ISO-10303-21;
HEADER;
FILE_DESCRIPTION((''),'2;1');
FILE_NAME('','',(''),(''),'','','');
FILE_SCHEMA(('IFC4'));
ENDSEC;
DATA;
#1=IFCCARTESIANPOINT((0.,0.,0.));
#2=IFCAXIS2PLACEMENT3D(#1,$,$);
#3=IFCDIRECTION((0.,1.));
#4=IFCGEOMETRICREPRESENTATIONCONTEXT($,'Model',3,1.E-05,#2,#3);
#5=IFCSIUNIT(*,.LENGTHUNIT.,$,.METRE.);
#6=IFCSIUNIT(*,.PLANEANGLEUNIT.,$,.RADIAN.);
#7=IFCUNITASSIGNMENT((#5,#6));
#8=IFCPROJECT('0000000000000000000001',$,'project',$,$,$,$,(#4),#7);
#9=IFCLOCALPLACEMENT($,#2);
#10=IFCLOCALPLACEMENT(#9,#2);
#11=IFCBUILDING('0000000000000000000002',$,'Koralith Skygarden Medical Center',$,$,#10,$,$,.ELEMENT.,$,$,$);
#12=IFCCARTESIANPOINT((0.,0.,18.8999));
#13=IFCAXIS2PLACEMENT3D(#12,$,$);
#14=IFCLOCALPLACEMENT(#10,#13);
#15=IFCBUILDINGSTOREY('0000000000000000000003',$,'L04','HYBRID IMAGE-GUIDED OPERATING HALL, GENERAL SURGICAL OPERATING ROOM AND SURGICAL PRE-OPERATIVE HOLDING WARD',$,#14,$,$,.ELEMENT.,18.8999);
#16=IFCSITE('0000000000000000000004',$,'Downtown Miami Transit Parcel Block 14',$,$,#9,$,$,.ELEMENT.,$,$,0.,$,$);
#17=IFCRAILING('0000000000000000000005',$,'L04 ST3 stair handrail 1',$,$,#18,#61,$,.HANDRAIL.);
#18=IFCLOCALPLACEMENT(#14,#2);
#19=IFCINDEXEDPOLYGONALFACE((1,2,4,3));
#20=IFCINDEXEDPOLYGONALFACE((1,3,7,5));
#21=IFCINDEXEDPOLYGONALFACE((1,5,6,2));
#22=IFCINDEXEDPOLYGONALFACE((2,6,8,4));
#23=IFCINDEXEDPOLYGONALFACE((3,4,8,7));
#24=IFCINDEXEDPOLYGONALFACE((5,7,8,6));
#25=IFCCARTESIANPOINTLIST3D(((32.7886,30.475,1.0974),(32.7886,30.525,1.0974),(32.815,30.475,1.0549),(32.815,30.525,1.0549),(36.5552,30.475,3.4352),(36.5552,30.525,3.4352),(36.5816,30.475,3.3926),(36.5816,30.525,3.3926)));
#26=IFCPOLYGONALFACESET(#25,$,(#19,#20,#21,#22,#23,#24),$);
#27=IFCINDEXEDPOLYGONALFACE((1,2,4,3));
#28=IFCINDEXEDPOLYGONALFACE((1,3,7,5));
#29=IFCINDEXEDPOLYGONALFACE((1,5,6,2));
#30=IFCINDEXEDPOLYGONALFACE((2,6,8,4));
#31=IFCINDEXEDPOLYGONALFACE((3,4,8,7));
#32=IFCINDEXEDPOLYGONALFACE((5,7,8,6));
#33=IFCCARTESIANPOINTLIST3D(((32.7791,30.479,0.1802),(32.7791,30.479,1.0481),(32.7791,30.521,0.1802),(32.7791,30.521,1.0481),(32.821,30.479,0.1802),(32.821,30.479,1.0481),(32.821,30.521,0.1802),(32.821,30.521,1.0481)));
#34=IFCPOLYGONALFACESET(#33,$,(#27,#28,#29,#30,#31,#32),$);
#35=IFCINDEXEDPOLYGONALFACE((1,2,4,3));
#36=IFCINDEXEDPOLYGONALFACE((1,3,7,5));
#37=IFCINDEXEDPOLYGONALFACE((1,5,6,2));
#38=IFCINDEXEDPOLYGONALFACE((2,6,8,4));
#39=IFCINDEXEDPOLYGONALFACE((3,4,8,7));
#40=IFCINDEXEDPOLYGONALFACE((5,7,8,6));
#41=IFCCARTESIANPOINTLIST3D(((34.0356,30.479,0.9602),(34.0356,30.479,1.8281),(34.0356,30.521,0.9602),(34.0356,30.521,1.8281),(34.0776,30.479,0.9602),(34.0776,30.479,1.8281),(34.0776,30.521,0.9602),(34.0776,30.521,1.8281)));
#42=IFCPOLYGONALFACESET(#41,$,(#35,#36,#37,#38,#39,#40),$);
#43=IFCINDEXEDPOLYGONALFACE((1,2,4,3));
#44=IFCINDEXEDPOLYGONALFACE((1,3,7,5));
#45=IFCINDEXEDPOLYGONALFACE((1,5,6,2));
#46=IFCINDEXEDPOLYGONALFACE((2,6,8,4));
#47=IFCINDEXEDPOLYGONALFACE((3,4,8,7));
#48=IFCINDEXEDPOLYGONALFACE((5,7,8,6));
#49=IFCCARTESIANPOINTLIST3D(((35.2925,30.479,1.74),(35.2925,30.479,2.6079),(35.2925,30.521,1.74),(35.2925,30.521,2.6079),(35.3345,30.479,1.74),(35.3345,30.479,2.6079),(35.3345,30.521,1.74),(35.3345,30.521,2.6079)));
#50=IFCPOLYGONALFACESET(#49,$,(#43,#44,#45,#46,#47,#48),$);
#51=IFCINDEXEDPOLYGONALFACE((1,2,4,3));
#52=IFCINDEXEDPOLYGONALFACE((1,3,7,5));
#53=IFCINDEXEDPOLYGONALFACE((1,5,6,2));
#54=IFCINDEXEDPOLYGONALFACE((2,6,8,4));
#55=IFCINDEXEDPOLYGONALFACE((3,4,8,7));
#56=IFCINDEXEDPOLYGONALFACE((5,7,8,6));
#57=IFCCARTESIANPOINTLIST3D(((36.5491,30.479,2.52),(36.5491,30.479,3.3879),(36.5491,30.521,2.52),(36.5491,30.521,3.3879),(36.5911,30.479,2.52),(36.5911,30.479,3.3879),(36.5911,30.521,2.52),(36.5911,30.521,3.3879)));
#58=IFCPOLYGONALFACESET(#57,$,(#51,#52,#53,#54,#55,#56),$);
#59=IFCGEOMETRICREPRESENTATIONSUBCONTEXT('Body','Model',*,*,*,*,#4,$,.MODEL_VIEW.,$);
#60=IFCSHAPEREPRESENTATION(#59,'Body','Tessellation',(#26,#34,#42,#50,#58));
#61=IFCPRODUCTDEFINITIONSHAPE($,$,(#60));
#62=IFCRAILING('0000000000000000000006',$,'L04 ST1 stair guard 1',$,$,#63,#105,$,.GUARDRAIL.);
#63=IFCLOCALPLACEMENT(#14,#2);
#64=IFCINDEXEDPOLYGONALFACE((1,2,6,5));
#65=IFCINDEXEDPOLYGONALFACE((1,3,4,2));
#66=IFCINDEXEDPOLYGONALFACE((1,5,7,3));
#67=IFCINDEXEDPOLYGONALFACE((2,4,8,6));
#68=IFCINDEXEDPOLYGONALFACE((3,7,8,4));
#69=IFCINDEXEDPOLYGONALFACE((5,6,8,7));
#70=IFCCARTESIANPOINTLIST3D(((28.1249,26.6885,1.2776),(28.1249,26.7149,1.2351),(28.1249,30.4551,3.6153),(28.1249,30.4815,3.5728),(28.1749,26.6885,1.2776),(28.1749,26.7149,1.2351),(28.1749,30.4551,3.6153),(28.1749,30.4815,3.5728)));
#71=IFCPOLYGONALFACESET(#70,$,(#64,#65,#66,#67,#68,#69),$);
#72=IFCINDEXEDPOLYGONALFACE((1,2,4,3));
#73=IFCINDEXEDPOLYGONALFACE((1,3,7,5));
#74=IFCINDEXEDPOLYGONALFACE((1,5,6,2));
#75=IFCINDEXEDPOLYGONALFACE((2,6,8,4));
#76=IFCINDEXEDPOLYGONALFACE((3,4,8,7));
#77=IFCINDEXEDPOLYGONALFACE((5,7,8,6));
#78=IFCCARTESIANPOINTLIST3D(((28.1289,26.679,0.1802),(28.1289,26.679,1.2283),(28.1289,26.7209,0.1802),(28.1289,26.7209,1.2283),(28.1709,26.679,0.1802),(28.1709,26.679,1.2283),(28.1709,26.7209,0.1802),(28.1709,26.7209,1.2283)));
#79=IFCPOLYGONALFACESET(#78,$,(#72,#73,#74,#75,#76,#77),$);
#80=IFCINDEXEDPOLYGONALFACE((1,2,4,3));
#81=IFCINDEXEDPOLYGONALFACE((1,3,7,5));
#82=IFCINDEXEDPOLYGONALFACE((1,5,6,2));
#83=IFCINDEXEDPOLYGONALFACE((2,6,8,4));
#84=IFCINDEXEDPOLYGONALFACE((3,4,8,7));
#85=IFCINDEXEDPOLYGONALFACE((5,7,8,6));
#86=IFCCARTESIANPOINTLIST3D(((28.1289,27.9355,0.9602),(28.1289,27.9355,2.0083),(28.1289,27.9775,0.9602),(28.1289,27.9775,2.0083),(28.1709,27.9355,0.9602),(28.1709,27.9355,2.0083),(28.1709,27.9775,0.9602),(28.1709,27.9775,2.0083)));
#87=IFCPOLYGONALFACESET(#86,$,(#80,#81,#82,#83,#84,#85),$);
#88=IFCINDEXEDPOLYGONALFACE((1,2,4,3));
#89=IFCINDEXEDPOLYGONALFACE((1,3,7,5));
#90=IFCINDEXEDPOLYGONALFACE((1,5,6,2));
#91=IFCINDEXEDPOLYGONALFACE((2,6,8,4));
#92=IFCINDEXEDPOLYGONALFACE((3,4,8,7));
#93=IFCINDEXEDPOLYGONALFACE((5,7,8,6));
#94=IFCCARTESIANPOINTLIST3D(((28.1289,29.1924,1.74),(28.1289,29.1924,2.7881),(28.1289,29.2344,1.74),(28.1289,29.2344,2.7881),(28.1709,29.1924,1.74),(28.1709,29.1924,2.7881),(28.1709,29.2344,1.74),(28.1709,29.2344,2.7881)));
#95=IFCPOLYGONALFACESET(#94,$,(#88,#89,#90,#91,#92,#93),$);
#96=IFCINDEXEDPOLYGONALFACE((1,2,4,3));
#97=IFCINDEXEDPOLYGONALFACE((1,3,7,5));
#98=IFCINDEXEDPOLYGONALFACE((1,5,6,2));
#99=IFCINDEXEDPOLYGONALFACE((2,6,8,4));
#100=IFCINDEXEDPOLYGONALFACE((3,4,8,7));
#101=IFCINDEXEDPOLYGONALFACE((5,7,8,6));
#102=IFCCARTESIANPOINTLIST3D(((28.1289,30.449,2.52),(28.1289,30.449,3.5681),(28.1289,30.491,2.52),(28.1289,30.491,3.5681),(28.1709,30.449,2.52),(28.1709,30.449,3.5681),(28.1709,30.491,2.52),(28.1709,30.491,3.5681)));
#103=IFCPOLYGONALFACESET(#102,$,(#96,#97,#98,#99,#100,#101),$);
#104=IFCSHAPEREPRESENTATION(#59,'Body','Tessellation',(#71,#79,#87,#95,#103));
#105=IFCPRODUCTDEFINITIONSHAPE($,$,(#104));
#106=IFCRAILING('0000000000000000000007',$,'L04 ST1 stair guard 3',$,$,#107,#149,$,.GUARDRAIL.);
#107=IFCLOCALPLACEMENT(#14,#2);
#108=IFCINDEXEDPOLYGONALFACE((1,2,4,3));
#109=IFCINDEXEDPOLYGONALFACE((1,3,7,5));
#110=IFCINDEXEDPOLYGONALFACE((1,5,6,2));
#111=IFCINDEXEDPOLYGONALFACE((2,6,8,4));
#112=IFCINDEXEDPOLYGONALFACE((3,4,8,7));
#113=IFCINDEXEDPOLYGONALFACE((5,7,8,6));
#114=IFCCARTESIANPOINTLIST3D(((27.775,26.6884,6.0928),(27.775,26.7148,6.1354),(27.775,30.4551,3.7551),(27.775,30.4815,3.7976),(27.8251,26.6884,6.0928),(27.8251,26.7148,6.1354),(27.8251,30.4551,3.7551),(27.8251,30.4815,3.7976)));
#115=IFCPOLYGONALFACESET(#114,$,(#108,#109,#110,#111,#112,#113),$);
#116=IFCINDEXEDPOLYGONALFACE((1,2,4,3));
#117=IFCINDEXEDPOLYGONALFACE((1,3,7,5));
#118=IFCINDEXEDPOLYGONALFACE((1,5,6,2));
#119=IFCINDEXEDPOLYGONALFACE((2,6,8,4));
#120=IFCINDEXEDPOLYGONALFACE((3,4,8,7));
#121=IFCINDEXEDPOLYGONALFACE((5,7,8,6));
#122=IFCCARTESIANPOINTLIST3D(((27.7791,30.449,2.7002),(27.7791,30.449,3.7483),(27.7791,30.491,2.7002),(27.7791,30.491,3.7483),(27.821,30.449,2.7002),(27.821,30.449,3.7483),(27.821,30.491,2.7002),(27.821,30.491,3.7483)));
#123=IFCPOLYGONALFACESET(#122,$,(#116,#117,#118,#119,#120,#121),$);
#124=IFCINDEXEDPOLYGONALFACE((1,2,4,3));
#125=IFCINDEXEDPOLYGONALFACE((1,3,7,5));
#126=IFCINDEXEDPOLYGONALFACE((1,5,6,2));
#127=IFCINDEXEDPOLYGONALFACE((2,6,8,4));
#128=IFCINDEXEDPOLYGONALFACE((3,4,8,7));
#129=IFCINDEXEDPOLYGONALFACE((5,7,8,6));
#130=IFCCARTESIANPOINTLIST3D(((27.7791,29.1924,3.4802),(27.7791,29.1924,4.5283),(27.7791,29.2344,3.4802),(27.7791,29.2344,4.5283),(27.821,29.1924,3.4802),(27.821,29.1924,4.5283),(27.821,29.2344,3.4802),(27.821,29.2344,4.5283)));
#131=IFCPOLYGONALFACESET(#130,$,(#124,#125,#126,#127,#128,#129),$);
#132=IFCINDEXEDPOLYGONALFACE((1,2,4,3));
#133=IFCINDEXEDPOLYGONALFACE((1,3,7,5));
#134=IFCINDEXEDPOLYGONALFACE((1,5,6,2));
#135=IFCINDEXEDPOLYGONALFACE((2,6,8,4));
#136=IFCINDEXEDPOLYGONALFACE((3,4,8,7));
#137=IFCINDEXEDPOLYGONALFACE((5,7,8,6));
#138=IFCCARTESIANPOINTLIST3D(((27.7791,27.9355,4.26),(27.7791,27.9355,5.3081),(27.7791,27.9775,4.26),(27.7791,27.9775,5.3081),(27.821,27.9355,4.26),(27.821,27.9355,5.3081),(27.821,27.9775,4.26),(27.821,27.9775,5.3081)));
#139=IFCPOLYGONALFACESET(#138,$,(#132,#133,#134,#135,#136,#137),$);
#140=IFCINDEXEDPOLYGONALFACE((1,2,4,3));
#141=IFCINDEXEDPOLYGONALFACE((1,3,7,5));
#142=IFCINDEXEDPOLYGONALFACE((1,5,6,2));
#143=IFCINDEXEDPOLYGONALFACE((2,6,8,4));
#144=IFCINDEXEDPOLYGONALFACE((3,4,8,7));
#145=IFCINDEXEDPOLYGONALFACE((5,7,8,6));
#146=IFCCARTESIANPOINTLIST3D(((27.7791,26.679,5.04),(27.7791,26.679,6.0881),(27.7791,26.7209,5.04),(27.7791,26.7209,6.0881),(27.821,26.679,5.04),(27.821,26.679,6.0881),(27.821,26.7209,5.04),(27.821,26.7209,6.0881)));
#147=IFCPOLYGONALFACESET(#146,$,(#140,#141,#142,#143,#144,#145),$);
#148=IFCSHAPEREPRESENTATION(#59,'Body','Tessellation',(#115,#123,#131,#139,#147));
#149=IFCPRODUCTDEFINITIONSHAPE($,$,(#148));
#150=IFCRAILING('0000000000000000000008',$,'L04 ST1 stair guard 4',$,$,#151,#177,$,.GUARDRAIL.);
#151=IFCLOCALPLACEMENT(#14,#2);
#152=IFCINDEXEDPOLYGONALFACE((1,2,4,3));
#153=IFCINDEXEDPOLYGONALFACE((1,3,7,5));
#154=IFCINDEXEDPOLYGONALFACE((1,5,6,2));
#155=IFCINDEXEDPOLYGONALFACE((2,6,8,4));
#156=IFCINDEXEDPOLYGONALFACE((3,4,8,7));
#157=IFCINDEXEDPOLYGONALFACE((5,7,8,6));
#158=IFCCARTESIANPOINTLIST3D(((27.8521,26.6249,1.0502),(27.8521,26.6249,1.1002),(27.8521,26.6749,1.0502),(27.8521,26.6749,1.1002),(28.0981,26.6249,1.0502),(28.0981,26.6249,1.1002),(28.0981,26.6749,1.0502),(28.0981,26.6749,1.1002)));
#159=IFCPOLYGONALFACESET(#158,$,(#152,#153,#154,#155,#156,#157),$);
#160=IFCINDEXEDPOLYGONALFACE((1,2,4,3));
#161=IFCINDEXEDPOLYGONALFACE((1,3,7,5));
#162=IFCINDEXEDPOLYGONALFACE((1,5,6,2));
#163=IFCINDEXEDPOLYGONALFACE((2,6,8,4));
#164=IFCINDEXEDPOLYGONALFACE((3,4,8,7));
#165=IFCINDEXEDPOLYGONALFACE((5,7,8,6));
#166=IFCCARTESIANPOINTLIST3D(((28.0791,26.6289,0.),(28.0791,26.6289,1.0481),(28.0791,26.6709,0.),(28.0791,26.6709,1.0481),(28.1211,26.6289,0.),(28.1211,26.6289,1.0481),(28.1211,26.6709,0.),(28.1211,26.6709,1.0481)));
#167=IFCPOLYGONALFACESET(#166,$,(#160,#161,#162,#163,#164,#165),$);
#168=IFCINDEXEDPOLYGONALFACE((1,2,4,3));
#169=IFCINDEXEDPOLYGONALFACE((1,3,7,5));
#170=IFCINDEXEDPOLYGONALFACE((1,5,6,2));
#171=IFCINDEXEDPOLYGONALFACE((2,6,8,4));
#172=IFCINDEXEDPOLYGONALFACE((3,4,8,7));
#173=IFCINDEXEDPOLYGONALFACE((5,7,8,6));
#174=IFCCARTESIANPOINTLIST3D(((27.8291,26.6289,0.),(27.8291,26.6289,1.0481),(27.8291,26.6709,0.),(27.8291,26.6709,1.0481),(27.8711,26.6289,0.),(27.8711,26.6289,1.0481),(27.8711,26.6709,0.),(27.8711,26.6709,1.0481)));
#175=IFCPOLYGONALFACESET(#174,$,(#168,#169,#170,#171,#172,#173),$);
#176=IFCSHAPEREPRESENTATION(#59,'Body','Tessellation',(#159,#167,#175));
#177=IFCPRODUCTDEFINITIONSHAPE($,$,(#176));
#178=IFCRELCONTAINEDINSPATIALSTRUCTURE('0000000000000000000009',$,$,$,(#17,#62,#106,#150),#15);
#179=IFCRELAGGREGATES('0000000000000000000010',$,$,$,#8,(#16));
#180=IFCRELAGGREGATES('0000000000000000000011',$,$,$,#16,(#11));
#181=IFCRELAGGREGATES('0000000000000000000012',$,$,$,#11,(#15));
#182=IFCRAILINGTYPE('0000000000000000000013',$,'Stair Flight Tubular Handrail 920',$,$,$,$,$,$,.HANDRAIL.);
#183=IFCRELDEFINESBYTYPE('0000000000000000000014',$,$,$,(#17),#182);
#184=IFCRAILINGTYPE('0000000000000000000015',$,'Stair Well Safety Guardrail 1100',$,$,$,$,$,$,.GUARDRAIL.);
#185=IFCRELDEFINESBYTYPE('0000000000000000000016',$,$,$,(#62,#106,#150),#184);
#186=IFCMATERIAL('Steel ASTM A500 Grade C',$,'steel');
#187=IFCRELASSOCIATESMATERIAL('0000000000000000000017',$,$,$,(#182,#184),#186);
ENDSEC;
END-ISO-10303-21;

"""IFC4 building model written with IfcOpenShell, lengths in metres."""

from ifc_helpers import new_model, si_unit, direction, frame, origin, origin_2d, place, context, subcontext, project, spatial, rectangle, extrude, material, type_object, element, save


model = new_model("IFC4")

# Units and contexts
model_context = context("Model", 3, precision=1e-05, world=origin(), true_north=direction((0.0, 1.0)))
body_context = subcontext(model_context, "Body", "Model", "MODEL_VIEW")
ifc_project = project(units=[si_unit("LENGTHUNIT", "METRE"), si_unit("PLANEANGLEUNIT", "RADIAN")], contexts=[model_context])

# Site, building, storey
site_placement = place(None, origin())
site = spatial("IfcSite", under=ifc_project, at=site_placement, Name="Downtown Miami Transit Parcel Block 14", CompositionType="ELEMENT", RefElevation=0.0)
building_placement = place(site_placement, origin())
building = spatial("IfcBuilding", under=site, at=building_placement, Name="Koralith Skygarden Medical Center", CompositionType="ELEMENT")
storey_placement = place(building_placement, frame((0.0, 0.0, 18.8999)))
storey = spatial("IfcBuildingStorey", under=building, at=storey_placement, Name="L04", Description="HYBRID IMAGE-GUIDED OPERATING HALL, GENERAL SURGICAL OPERATING ROOM AND SURGICAL PRE-OPERATIVE HOLDING WARD", CompositionType="ELEMENT", Elevation=18.8999)

# Railings
ifc_material_1 = material(Name="Steel ASTM A500 Grade C", Category="steel")
railing_type_1 = type_object("IfcRailingType", Name="Stair Flight Tubular Handrail 920", PredefinedType="HANDRAIL", material=ifc_material_1)
railing_1_placement = place(storey_placement, frame((32.8, 30.5, 0.1802)))
element("IfcRailing", 1, at=railing_1_placement, inside=storey, type_object=railing_type_1, Name="L04 ST3 stair handrail 1", PredefinedType="HANDRAIL", context=body_context, shape_type="SweptSolid", body=[
    extrude(rectangle(XDim=0.05, YDim=0.05, at=origin_2d()), frame((0.0017, 0.0, 0.896), z_axis=(0.849657, 0.0, 0.527335), x_axis=(0.0, 1.0, 0.0)), (0.0, 0.0, 1.0), 4.4331),
    extrude(rectangle(XDim=0.042, YDim=0.042, at=origin_2d()), origin(), (0.0, 0.0, 1.0), 0.8679),
    extrude(rectangle(XDim=0.042, YDim=0.042, at=origin_2d()), frame((1.2566, 0.0, 0.78)), (0.0, 0.0, 1.0), 0.8679),
    extrude(rectangle(XDim=0.042, YDim=0.042, at=origin_2d()), frame((2.5134, 0.0, 1.5598)), (0.0, 0.0, 1.0), 0.8679),
    extrude(rectangle(XDim=0.042, YDim=0.042, at=origin_2d()), frame((3.77, 0.0, 2.3398)), (0.0, 0.0, 1.0), 0.8679),
])
railing_type_2 = type_object("IfcRailingType", Name="Stair Well Safety Guardrail 1100", PredefinedType="GUARDRAIL", material=ifc_material_1)
railing_2_placement = place(storey_placement, frame((28.1499, 26.7, 0.1802)))
element("IfcRailing", 2, at=railing_2_placement, inside=storey, type_object=railing_type_2, Name="L04 ST1 stair guard 1", PredefinedType="GUARDRAIL", context=body_context, shape_type="SweptSolid", body=[
    extrude(rectangle(XDim=0.05, YDim=0.05, at=origin_2d()), frame((0.0, 0.0017, 1.0762), z_axis=(0.0, 0.849657, 0.527335), x_axis=(-1.0, 0.0, 0.0)), (0.0, 0.0, 1.0), 4.4331),
    extrude(rectangle(XDim=0.042, YDim=0.042, at=origin_2d()), origin(), (0.0, 0.0, 1.0), 1.0481),
    extrude(rectangle(XDim=0.042, YDim=0.042, at=origin_2d()), frame((0.0, 1.2566, 0.78)), (0.0, 0.0, 1.0), 1.0481),
    extrude(rectangle(XDim=0.042, YDim=0.042, at=origin_2d()), frame((0.0, 2.5134, 1.5598)), (0.0, 0.0, 1.0), 1.0481),
    extrude(rectangle(XDim=0.042, YDim=0.042, at=origin_2d()), frame((0.0, 3.77, 2.3398)), (0.0, 0.0, 1.0), 1.0481),
])
railing_3_placement = place(storey_placement, frame((27.8, 30.47, 2.7002)))
element("IfcRailing", 3, at=railing_3_placement, inside=storey, type_object=railing_type_2, Name="L04 ST1 stair guard 3", PredefinedType="GUARDRAIL", context=body_context, shape_type="SweptSolid", body=[
    extrude(rectangle(XDim=0.05, YDim=0.05, at=origin_2d()), frame((0.0, -0.0017, 1.0762), z_axis=(0.0, -0.849657, 0.527335), x_axis=(1.0, 0.0, 0.0)), (0.0, 0.0, 1.0), 4.4331),
    extrude(rectangle(XDim=0.042, YDim=0.042, at=origin_2d()), origin(), (0.0, 0.0, 1.0), 1.0481),
    extrude(rectangle(XDim=0.042, YDim=0.042, at=origin_2d()), frame((0.0, -1.2566, 0.78)), (0.0, 0.0, 1.0), 1.0481),
    extrude(rectangle(XDim=0.042, YDim=0.042, at=origin_2d()), frame((0.0, -2.5134, 1.5598)), (0.0, 0.0, 1.0), 1.0481),
    extrude(rectangle(XDim=0.042, YDim=0.042, at=origin_2d()), frame((0.0, -3.77, 2.3398)), (0.0, 0.0, 1.0), 1.0481),
])
railing_4_placement = place(storey_placement, frame((28.1001, 26.6499, 0.0)))
element("IfcRailing", 4, at=railing_4_placement, inside=storey, type_object=railing_type_2, Name="L04 ST1 stair guard 4", PredefinedType="GUARDRAIL", context=body_context, shape_type="SweptSolid", body=[
    extrude(rectangle(XDim=0.05, YDim=0.05, at=origin_2d()), frame((-0.002, 0.0, 1.0752), z_axis=(-1.0, 0.0, 0.0), x_axis=(0.0, -1.0, 0.0)), (0.0, 0.0, 1.0), 0.2461),
    extrude(rectangle(XDim=0.042, YDim=0.042, at=origin_2d()), origin(), (0.0, 0.0, 1.0), 1.0481),
    extrude(rectangle(XDim=0.042, YDim=0.042, at=origin_2d()), frame((-0.25, 0.0, 0.0)), (0.0, 0.0, 1.0), 1.0481),
])

save(model, "model.ifc")
